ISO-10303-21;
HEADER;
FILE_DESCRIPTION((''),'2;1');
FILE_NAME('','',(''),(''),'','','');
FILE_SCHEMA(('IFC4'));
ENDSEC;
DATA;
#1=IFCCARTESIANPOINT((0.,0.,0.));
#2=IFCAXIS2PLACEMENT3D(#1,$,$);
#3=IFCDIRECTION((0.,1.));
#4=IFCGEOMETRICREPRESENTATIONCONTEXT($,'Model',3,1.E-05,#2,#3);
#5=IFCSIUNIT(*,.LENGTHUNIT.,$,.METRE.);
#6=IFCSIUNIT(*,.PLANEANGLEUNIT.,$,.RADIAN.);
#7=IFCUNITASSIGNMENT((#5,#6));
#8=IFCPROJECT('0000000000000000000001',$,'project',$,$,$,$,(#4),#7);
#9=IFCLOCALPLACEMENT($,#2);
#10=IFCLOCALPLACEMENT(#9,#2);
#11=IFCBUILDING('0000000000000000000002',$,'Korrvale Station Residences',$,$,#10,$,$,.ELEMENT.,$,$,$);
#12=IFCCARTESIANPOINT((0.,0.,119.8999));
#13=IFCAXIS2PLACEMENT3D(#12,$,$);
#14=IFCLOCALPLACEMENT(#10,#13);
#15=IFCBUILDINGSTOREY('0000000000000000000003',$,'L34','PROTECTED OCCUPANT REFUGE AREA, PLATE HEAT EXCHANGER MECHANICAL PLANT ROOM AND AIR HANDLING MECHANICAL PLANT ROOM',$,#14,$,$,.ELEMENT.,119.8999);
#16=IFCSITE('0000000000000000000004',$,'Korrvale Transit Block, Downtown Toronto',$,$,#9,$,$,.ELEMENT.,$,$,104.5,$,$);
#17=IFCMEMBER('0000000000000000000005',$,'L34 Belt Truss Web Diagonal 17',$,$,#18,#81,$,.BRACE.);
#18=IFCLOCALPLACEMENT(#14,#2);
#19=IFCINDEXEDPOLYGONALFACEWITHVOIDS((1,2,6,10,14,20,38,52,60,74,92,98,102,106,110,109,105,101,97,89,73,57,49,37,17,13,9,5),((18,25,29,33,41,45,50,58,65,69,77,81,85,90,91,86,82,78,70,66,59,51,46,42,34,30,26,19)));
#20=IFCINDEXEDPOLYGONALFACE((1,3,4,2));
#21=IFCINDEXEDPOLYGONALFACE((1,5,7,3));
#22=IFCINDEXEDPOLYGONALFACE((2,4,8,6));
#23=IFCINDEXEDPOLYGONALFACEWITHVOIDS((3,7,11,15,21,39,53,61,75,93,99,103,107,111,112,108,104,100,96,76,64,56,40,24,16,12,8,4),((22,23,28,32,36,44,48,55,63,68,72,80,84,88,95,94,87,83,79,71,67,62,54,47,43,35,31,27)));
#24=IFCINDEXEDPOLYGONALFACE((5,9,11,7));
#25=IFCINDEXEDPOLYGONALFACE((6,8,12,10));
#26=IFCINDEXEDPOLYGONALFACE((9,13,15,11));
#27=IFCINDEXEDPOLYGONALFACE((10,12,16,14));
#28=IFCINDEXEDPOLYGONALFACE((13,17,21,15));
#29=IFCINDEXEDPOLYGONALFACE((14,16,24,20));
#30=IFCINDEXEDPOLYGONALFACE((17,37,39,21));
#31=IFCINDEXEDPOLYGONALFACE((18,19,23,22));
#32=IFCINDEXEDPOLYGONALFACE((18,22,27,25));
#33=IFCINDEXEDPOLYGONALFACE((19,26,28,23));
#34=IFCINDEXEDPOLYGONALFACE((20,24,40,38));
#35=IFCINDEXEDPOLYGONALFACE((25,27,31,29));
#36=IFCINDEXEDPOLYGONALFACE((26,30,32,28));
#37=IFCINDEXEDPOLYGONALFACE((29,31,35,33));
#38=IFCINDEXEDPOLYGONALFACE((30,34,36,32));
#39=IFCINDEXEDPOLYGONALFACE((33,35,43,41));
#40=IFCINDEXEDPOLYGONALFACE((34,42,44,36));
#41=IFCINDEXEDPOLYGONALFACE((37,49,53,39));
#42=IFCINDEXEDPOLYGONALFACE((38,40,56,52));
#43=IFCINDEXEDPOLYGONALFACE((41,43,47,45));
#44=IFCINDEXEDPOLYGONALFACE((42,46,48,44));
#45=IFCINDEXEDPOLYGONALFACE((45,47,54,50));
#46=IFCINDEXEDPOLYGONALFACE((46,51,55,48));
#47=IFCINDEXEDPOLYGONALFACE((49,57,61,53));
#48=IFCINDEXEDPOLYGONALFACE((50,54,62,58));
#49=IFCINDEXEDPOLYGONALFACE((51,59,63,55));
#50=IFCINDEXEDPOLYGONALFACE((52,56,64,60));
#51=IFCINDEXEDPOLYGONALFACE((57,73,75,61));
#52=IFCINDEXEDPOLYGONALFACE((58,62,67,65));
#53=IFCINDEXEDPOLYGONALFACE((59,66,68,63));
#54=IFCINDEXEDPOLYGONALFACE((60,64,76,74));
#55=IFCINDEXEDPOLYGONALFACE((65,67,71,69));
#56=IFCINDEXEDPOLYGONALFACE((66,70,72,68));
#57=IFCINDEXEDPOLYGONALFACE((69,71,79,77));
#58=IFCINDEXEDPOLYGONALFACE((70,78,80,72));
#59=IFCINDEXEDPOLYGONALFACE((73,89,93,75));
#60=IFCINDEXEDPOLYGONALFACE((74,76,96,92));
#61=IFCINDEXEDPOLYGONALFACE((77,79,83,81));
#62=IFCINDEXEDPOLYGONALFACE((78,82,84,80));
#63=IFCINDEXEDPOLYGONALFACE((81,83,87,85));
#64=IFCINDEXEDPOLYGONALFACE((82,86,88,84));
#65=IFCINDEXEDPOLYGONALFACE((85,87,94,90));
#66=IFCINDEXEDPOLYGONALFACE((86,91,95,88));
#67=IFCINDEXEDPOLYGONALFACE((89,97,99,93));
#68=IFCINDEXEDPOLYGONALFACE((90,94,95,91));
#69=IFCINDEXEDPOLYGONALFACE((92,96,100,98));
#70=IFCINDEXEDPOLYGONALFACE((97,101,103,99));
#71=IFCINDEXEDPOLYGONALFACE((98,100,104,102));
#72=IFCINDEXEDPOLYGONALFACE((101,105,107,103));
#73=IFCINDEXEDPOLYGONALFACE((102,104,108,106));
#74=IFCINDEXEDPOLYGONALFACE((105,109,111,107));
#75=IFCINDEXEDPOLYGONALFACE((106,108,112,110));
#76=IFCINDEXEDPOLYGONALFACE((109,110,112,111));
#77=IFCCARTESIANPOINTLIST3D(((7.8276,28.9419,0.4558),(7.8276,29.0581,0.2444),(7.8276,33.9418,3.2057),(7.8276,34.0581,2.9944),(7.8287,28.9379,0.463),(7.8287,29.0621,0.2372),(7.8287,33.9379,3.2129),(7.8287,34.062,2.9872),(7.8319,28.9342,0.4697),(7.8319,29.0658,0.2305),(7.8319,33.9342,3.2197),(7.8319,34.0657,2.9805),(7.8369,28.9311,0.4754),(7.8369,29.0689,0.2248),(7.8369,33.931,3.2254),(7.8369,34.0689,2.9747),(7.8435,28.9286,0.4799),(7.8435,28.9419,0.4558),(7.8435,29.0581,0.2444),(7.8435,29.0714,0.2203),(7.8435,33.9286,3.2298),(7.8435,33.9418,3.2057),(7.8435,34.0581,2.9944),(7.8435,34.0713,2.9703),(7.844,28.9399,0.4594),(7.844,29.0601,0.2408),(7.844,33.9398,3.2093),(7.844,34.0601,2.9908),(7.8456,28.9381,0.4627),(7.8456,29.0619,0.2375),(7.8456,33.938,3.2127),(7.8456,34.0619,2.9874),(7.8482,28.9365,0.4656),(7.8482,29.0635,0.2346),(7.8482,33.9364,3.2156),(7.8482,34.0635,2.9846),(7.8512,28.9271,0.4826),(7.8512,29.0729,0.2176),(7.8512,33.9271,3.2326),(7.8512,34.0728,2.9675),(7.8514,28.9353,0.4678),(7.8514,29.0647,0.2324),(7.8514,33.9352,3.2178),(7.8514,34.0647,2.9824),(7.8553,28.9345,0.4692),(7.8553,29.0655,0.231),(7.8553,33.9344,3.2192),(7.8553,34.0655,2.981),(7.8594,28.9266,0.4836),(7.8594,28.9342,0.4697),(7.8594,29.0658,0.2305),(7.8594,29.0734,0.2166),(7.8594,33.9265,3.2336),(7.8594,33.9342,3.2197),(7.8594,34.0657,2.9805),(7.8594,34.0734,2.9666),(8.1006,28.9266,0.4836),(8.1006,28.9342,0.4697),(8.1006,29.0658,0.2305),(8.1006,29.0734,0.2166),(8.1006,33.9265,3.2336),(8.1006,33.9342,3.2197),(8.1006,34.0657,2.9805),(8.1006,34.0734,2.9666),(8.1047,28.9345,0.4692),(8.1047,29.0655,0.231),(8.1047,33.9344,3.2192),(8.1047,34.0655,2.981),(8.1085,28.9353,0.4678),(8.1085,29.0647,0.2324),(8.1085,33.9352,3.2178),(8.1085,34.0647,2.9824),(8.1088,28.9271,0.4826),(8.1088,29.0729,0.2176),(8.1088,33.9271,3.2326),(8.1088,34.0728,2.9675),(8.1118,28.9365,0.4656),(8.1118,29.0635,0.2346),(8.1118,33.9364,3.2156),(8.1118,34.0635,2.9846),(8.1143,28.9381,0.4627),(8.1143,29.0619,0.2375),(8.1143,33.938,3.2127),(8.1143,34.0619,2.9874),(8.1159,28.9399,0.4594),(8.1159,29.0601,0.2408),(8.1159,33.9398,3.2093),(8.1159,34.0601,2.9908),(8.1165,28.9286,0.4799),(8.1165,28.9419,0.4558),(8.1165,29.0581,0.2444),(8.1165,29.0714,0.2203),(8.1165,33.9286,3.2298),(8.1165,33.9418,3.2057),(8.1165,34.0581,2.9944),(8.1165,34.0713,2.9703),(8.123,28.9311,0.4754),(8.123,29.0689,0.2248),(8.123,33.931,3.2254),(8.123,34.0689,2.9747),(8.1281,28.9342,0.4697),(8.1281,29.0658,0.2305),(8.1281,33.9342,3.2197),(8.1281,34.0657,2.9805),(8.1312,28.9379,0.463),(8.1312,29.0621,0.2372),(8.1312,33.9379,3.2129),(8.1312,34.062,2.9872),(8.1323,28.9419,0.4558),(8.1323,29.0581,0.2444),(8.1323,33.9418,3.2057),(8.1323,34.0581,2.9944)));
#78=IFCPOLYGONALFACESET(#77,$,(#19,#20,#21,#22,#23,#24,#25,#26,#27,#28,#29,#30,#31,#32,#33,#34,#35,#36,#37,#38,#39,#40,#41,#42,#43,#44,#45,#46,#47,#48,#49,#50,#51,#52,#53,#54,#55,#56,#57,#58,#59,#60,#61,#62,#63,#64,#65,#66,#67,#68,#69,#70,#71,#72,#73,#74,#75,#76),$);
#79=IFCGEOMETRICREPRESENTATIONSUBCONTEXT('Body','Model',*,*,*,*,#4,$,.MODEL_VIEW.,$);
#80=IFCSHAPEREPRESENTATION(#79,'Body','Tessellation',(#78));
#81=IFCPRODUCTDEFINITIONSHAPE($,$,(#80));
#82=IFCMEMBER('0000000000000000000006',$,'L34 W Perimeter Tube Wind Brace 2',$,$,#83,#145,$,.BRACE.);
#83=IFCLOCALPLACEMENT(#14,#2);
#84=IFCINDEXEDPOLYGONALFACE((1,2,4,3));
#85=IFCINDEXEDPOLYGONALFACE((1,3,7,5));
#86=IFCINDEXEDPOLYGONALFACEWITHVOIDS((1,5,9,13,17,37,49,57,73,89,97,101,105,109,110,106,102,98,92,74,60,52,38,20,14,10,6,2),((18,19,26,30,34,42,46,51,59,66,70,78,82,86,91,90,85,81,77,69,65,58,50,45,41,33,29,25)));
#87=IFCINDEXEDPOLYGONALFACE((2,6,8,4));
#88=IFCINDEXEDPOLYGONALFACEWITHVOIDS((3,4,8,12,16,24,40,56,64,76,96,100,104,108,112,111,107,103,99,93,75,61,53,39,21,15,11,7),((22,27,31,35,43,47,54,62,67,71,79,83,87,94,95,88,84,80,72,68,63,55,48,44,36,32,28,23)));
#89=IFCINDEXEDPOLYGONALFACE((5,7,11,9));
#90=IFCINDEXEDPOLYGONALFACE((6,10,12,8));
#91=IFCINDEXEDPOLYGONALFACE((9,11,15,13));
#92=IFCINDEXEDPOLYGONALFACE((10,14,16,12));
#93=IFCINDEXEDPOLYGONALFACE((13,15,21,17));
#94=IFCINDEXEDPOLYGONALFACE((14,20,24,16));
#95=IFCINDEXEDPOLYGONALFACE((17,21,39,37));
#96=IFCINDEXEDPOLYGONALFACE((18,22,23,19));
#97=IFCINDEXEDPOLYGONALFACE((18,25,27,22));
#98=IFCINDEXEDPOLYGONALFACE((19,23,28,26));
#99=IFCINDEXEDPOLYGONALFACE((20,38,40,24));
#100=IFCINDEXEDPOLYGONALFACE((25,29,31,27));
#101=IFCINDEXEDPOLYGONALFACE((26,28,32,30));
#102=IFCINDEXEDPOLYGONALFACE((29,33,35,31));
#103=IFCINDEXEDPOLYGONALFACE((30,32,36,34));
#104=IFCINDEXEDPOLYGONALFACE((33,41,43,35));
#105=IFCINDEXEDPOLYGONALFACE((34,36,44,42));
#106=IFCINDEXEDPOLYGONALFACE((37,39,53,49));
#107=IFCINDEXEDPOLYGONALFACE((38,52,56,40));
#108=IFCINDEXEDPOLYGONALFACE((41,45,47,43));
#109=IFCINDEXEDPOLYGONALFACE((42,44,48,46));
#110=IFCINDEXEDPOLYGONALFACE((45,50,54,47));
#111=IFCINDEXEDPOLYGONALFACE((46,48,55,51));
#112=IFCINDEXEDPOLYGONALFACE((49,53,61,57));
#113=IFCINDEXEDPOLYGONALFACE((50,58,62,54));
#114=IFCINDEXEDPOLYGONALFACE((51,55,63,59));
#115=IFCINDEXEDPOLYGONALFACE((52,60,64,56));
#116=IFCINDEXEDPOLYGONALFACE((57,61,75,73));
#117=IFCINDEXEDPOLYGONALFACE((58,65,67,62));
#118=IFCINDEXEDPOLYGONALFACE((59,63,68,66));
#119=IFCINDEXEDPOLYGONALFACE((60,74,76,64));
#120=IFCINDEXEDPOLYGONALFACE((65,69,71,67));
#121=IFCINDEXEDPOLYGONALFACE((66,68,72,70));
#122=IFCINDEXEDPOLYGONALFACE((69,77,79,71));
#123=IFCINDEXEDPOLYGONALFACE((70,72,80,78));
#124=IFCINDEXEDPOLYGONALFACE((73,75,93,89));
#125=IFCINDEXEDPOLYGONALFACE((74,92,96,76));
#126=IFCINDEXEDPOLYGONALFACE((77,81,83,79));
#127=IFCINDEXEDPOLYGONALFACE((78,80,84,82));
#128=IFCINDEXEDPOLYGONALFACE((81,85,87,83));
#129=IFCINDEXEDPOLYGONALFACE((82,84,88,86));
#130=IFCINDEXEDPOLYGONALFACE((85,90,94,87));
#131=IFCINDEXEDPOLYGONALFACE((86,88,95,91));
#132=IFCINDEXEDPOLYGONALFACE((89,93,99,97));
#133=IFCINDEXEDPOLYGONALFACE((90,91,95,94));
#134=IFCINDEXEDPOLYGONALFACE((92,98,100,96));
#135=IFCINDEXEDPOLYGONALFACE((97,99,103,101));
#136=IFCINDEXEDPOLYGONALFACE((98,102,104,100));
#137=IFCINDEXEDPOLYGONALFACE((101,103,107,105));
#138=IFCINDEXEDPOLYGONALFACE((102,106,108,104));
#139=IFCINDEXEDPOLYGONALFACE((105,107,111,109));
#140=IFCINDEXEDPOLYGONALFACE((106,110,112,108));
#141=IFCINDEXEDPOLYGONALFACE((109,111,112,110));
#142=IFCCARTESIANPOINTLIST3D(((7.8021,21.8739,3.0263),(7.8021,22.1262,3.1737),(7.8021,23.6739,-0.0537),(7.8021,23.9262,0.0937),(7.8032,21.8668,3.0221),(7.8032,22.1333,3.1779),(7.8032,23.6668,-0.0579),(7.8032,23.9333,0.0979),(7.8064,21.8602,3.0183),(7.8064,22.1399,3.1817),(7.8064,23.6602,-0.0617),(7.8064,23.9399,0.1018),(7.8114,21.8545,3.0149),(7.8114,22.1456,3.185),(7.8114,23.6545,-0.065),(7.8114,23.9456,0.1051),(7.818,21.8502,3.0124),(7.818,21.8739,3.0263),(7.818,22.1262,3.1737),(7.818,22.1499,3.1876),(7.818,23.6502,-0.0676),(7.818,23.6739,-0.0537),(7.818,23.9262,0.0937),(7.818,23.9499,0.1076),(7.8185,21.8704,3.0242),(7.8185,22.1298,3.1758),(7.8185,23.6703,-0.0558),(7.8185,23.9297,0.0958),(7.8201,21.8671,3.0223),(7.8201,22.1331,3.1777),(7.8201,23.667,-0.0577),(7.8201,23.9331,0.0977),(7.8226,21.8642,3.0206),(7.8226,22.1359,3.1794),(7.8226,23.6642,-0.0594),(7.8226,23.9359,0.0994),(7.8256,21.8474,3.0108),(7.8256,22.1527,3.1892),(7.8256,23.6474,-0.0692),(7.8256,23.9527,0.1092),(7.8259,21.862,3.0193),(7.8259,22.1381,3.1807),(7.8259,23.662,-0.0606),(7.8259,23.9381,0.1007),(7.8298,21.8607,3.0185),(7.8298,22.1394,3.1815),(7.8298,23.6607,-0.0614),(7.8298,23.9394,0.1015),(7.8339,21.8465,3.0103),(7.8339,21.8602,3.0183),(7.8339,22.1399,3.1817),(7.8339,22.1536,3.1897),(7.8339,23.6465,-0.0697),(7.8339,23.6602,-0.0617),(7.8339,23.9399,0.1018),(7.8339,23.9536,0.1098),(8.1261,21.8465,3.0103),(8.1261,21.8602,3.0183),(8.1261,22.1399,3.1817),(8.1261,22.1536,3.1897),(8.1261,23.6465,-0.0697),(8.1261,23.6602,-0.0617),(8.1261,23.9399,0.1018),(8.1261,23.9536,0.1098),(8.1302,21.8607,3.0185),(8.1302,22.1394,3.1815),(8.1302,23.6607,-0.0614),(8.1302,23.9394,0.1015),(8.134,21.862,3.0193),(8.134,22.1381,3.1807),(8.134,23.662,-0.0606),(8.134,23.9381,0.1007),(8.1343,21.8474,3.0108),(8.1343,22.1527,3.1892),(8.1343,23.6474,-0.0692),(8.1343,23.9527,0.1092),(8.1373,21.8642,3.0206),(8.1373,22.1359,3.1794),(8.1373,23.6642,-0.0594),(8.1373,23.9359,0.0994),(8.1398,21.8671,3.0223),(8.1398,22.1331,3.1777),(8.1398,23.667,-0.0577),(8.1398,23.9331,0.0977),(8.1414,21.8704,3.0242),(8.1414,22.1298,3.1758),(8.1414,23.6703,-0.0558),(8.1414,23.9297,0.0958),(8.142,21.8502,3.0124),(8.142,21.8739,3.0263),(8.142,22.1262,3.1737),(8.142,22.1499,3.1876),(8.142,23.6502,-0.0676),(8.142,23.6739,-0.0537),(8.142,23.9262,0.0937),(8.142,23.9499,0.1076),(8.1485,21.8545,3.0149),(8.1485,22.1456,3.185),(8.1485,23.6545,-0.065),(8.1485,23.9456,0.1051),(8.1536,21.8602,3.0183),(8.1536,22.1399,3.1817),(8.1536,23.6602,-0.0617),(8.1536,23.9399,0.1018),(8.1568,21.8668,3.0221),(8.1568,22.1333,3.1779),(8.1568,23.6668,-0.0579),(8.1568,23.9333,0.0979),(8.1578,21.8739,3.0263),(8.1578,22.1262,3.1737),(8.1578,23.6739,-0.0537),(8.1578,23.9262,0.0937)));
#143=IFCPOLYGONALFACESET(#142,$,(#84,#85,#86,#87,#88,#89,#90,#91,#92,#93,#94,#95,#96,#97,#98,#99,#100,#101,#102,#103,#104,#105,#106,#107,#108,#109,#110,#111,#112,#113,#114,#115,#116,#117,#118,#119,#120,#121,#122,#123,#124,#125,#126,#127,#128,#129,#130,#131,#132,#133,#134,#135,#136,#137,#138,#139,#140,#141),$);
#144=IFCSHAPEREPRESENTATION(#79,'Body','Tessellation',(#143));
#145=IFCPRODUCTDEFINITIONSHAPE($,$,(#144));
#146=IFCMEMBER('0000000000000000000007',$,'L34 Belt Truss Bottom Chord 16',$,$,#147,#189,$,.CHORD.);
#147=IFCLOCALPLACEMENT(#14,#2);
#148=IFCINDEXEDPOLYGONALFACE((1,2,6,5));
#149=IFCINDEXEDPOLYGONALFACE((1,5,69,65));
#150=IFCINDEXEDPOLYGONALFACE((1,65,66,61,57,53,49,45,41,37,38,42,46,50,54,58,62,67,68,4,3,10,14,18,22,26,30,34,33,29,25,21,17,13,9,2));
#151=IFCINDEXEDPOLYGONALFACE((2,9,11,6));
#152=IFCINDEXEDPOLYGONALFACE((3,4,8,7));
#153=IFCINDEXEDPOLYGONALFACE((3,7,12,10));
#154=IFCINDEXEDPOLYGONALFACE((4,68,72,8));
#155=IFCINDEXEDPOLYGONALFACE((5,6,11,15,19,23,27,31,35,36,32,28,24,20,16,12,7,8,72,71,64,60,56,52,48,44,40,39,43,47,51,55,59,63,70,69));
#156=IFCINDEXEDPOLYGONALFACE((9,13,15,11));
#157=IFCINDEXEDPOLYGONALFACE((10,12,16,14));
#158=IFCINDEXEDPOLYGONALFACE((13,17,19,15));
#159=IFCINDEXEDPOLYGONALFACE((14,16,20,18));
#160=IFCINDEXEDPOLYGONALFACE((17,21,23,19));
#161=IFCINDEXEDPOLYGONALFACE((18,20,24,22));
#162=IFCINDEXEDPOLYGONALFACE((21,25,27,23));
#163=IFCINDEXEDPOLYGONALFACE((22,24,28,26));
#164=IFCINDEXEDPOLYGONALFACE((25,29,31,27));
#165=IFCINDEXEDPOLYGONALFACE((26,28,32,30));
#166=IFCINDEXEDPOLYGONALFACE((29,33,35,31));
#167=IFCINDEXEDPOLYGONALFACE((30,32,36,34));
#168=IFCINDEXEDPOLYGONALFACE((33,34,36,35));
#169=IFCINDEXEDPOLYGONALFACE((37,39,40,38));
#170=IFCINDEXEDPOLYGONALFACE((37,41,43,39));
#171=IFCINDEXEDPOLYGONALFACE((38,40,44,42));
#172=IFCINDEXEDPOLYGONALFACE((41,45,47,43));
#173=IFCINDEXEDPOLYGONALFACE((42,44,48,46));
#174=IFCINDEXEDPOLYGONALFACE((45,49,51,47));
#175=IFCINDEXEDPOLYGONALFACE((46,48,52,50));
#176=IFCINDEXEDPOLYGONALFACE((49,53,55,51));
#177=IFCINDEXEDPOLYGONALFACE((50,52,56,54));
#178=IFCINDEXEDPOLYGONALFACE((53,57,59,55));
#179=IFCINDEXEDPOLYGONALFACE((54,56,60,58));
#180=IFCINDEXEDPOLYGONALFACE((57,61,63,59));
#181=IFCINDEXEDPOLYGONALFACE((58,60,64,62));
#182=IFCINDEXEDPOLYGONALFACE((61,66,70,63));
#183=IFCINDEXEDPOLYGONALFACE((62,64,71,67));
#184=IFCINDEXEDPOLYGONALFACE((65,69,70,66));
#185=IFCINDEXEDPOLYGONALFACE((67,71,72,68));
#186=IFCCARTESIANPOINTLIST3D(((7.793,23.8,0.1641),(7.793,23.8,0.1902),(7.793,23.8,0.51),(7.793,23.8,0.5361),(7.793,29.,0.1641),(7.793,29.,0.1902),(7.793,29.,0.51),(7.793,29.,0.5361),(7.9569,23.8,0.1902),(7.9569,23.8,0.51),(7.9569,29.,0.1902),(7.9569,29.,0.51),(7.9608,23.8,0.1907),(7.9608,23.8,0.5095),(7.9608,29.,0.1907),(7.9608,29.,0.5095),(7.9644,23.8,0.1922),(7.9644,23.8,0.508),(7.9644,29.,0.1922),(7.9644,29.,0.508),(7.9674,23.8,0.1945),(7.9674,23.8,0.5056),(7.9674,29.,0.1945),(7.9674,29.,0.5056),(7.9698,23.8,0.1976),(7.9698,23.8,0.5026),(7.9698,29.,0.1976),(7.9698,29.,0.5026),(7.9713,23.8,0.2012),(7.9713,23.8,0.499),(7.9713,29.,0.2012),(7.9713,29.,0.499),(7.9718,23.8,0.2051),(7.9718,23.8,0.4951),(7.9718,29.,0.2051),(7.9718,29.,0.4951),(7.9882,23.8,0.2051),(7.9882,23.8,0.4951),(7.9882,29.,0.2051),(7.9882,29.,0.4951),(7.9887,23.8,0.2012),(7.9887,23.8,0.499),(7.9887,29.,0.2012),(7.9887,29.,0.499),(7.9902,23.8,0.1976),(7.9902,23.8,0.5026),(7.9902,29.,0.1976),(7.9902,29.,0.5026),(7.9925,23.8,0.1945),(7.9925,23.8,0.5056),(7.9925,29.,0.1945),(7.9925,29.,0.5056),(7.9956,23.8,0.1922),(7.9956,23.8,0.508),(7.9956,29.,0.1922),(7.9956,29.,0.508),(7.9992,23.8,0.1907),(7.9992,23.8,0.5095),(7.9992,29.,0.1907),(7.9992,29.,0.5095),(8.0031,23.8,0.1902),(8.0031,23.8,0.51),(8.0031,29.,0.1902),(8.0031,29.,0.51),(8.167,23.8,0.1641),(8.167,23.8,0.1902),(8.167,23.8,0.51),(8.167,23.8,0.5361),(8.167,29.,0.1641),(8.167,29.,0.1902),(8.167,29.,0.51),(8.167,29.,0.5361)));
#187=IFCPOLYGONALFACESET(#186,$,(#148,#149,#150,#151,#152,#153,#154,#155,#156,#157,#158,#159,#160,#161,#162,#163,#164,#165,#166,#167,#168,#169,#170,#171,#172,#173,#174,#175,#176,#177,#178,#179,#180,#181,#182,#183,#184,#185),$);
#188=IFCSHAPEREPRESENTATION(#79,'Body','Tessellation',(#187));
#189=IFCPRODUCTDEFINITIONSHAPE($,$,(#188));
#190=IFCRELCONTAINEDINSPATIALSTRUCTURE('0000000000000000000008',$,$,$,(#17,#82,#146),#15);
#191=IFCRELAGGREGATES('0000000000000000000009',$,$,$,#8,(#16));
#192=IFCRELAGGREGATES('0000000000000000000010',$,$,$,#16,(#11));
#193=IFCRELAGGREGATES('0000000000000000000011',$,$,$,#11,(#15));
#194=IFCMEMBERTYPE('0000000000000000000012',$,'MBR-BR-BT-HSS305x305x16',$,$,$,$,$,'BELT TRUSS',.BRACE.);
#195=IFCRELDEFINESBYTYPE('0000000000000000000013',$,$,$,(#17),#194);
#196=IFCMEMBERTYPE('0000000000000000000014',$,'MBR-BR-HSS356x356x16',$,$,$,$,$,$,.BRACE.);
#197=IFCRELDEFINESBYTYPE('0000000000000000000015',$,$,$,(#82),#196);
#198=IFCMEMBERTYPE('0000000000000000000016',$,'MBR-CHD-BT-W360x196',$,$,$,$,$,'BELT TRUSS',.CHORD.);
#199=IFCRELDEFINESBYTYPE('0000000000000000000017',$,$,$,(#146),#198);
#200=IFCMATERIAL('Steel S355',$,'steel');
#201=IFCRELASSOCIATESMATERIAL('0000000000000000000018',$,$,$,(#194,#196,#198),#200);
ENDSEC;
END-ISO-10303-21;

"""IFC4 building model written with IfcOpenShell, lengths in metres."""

from ifc_helpers import new_model, si_unit, direction, frame, origin, origin_2d, place, context, subcontext, project, spatial, hollow_rectangle, i_section, extrude, material, material_profile, profile_set, type_object, element, save


model = new_model("IFC4")

# Units and contexts
model_context = context("Model", 3, precision=1e-05, world=origin(), true_north=direction((0.0, 1.0)))
body_context = subcontext(model_context, "Body", "Model", "MODEL_VIEW")
ifc_project = project(units=[si_unit("LENGTHUNIT", "METRE"), si_unit("PLANEANGLEUNIT", "RADIAN")], contexts=[model_context])

# Site, building, storey
site_placement = place(None, origin())
site = spatial("IfcSite", under=ifc_project, at=site_placement, Name="Korrvale Transit Block, Downtown Toronto", CompositionType="ELEMENT", RefElevation=104.5)
building_placement = place(site_placement, origin())
building = spatial("IfcBuilding", under=site, at=building_placement, Name="Korrvale Station Residences", CompositionType="ELEMENT")
storey_placement = place(building_placement, frame((0.0, 0.0, 119.8999)))
storey = spatial("IfcBuildingStorey", under=building, at=storey_placement, Name="L34", Description="PROTECTED OCCUPANT REFUGE AREA, PLATE HEAT EXCHANGER MECHANICAL PLANT ROOM AND AIR HANDLING MECHANICAL PLANT ROOM", CompositionType="ELEMENT", Elevation=119.8999)

# Members
ifc_material_1 = material(Name="Steel S355", Category="steel")
ifc_material_profile_1 = material_profile(ifc_material_1, hollow_rectangle(XDim=0.3047, YDim=0.3047, WallThickness=0.0159, InnerFilletRadius=0.0159, OuterFilletRadius=0.0317, at=origin_2d()), Name="HSS305x305x16")
ifc_profile_set_1 = profile_set([ifc_material_profile_1], Name="Steel S355")
member_type_1 = type_object("IfcMemberType", Name="MBR-BR-BT-HSS305x305x16", ElementType="BELT TRUSS", PredefinedType="BRACE", material=ifc_profile_set_1)
member_1_placement = place(storey_placement, frame((7.98, 29.0, 0.3501), z_axis=(0.0, 0.876216, 0.481919), x_axis=(-1.0, 0.0, 0.0)))
element("IfcMember", 1, at=member_1_placement, inside=storey, type_object=member_type_1, Name="L34 Belt Truss Web Diagonal 17", PredefinedType="BRACE", context=body_context, shape_type="SweptSolid", body=[
    extrude(hollow_rectangle(XDim=0.3047, YDim=0.3047, WallThickness=0.0159, InnerFilletRadius=0.0159, OuterFilletRadius=0.0317, at=origin_2d()), origin(), (0.0, 0.0, 1.0), 5.7063),
])
ifc_material_profile_2 = material_profile(ifc_material_1, hollow_rectangle(XDim=0.3557, YDim=0.3557, WallThickness=0.0159, InnerFilletRadius=0.0159, OuterFilletRadius=0.0317, at=origin_2d()), Name="HSS356x356x16")
ifc_profile_set_2 = profile_set([ifc_material_profile_2], Name="Steel S355")
member_type_2 = type_object("IfcMemberType", Name="MBR-BR-HSS356x356x16", PredefinedType="BRACE", material=ifc_profile_set_2)
member_2_placement = place(storey_placement, frame((7.98, 23.8, 0.02), z_axis=(0.0, -0.504569, 0.863372), x_axis=(1.0, 0.0, 0.0)))
element("IfcMember", 2, at=member_2_placement, inside=storey, type_object=member_type_2, Name="L34 W Perimeter Tube Wind Brace 2", PredefinedType="BRACE", context=body_context, shape_type="SweptSolid", body=[
    extrude(hollow_rectangle(XDim=0.3557, YDim=0.3557, WallThickness=0.0159, InnerFilletRadius=0.0159, OuterFilletRadius=0.0317, at=origin_2d()), origin(), (0.0, 0.0, 1.0), 3.5674),
])
ifc_material_profile_3 = material_profile(ifc_material_1, i_section(OverallWidth=0.374, OverallDepth=0.3721, WebThickness=0.0164, FlangeThickness=0.0261, FilletRadius=0.0149, at=origin_2d()), Name="W360x196")
ifc_profile_set_3 = profile_set([ifc_material_profile_3], Name="Steel S355")
member_type_3 = type_object("IfcMemberType", Name="MBR-CHD-BT-W360x196", ElementType="BELT TRUSS", PredefinedType="CHORD", material=ifc_profile_set_3)
member_3_placement = place(storey_placement, frame((7.98, 23.8, 0.3501), z_axis=(0.0, 1.0, 0.0), x_axis=(-1.0, 0.0, 0.0)))
element("IfcMember", 3, at=member_3_placement, inside=storey, type_object=member_type_3, Name="L34 Belt Truss Bottom Chord 16", PredefinedType="CHORD", context=body_context, shape_type="SweptSolid", body=[
    extrude(i_section(OverallWidth=0.374, OverallDepth=0.3721, WebThickness=0.0164, FlangeThickness=0.0261, FilletRadius=0.0149, at=origin_2d()), origin(), (0.0, 0.0, 1.0), 5.2),
])

save(model, "model.ifc")
